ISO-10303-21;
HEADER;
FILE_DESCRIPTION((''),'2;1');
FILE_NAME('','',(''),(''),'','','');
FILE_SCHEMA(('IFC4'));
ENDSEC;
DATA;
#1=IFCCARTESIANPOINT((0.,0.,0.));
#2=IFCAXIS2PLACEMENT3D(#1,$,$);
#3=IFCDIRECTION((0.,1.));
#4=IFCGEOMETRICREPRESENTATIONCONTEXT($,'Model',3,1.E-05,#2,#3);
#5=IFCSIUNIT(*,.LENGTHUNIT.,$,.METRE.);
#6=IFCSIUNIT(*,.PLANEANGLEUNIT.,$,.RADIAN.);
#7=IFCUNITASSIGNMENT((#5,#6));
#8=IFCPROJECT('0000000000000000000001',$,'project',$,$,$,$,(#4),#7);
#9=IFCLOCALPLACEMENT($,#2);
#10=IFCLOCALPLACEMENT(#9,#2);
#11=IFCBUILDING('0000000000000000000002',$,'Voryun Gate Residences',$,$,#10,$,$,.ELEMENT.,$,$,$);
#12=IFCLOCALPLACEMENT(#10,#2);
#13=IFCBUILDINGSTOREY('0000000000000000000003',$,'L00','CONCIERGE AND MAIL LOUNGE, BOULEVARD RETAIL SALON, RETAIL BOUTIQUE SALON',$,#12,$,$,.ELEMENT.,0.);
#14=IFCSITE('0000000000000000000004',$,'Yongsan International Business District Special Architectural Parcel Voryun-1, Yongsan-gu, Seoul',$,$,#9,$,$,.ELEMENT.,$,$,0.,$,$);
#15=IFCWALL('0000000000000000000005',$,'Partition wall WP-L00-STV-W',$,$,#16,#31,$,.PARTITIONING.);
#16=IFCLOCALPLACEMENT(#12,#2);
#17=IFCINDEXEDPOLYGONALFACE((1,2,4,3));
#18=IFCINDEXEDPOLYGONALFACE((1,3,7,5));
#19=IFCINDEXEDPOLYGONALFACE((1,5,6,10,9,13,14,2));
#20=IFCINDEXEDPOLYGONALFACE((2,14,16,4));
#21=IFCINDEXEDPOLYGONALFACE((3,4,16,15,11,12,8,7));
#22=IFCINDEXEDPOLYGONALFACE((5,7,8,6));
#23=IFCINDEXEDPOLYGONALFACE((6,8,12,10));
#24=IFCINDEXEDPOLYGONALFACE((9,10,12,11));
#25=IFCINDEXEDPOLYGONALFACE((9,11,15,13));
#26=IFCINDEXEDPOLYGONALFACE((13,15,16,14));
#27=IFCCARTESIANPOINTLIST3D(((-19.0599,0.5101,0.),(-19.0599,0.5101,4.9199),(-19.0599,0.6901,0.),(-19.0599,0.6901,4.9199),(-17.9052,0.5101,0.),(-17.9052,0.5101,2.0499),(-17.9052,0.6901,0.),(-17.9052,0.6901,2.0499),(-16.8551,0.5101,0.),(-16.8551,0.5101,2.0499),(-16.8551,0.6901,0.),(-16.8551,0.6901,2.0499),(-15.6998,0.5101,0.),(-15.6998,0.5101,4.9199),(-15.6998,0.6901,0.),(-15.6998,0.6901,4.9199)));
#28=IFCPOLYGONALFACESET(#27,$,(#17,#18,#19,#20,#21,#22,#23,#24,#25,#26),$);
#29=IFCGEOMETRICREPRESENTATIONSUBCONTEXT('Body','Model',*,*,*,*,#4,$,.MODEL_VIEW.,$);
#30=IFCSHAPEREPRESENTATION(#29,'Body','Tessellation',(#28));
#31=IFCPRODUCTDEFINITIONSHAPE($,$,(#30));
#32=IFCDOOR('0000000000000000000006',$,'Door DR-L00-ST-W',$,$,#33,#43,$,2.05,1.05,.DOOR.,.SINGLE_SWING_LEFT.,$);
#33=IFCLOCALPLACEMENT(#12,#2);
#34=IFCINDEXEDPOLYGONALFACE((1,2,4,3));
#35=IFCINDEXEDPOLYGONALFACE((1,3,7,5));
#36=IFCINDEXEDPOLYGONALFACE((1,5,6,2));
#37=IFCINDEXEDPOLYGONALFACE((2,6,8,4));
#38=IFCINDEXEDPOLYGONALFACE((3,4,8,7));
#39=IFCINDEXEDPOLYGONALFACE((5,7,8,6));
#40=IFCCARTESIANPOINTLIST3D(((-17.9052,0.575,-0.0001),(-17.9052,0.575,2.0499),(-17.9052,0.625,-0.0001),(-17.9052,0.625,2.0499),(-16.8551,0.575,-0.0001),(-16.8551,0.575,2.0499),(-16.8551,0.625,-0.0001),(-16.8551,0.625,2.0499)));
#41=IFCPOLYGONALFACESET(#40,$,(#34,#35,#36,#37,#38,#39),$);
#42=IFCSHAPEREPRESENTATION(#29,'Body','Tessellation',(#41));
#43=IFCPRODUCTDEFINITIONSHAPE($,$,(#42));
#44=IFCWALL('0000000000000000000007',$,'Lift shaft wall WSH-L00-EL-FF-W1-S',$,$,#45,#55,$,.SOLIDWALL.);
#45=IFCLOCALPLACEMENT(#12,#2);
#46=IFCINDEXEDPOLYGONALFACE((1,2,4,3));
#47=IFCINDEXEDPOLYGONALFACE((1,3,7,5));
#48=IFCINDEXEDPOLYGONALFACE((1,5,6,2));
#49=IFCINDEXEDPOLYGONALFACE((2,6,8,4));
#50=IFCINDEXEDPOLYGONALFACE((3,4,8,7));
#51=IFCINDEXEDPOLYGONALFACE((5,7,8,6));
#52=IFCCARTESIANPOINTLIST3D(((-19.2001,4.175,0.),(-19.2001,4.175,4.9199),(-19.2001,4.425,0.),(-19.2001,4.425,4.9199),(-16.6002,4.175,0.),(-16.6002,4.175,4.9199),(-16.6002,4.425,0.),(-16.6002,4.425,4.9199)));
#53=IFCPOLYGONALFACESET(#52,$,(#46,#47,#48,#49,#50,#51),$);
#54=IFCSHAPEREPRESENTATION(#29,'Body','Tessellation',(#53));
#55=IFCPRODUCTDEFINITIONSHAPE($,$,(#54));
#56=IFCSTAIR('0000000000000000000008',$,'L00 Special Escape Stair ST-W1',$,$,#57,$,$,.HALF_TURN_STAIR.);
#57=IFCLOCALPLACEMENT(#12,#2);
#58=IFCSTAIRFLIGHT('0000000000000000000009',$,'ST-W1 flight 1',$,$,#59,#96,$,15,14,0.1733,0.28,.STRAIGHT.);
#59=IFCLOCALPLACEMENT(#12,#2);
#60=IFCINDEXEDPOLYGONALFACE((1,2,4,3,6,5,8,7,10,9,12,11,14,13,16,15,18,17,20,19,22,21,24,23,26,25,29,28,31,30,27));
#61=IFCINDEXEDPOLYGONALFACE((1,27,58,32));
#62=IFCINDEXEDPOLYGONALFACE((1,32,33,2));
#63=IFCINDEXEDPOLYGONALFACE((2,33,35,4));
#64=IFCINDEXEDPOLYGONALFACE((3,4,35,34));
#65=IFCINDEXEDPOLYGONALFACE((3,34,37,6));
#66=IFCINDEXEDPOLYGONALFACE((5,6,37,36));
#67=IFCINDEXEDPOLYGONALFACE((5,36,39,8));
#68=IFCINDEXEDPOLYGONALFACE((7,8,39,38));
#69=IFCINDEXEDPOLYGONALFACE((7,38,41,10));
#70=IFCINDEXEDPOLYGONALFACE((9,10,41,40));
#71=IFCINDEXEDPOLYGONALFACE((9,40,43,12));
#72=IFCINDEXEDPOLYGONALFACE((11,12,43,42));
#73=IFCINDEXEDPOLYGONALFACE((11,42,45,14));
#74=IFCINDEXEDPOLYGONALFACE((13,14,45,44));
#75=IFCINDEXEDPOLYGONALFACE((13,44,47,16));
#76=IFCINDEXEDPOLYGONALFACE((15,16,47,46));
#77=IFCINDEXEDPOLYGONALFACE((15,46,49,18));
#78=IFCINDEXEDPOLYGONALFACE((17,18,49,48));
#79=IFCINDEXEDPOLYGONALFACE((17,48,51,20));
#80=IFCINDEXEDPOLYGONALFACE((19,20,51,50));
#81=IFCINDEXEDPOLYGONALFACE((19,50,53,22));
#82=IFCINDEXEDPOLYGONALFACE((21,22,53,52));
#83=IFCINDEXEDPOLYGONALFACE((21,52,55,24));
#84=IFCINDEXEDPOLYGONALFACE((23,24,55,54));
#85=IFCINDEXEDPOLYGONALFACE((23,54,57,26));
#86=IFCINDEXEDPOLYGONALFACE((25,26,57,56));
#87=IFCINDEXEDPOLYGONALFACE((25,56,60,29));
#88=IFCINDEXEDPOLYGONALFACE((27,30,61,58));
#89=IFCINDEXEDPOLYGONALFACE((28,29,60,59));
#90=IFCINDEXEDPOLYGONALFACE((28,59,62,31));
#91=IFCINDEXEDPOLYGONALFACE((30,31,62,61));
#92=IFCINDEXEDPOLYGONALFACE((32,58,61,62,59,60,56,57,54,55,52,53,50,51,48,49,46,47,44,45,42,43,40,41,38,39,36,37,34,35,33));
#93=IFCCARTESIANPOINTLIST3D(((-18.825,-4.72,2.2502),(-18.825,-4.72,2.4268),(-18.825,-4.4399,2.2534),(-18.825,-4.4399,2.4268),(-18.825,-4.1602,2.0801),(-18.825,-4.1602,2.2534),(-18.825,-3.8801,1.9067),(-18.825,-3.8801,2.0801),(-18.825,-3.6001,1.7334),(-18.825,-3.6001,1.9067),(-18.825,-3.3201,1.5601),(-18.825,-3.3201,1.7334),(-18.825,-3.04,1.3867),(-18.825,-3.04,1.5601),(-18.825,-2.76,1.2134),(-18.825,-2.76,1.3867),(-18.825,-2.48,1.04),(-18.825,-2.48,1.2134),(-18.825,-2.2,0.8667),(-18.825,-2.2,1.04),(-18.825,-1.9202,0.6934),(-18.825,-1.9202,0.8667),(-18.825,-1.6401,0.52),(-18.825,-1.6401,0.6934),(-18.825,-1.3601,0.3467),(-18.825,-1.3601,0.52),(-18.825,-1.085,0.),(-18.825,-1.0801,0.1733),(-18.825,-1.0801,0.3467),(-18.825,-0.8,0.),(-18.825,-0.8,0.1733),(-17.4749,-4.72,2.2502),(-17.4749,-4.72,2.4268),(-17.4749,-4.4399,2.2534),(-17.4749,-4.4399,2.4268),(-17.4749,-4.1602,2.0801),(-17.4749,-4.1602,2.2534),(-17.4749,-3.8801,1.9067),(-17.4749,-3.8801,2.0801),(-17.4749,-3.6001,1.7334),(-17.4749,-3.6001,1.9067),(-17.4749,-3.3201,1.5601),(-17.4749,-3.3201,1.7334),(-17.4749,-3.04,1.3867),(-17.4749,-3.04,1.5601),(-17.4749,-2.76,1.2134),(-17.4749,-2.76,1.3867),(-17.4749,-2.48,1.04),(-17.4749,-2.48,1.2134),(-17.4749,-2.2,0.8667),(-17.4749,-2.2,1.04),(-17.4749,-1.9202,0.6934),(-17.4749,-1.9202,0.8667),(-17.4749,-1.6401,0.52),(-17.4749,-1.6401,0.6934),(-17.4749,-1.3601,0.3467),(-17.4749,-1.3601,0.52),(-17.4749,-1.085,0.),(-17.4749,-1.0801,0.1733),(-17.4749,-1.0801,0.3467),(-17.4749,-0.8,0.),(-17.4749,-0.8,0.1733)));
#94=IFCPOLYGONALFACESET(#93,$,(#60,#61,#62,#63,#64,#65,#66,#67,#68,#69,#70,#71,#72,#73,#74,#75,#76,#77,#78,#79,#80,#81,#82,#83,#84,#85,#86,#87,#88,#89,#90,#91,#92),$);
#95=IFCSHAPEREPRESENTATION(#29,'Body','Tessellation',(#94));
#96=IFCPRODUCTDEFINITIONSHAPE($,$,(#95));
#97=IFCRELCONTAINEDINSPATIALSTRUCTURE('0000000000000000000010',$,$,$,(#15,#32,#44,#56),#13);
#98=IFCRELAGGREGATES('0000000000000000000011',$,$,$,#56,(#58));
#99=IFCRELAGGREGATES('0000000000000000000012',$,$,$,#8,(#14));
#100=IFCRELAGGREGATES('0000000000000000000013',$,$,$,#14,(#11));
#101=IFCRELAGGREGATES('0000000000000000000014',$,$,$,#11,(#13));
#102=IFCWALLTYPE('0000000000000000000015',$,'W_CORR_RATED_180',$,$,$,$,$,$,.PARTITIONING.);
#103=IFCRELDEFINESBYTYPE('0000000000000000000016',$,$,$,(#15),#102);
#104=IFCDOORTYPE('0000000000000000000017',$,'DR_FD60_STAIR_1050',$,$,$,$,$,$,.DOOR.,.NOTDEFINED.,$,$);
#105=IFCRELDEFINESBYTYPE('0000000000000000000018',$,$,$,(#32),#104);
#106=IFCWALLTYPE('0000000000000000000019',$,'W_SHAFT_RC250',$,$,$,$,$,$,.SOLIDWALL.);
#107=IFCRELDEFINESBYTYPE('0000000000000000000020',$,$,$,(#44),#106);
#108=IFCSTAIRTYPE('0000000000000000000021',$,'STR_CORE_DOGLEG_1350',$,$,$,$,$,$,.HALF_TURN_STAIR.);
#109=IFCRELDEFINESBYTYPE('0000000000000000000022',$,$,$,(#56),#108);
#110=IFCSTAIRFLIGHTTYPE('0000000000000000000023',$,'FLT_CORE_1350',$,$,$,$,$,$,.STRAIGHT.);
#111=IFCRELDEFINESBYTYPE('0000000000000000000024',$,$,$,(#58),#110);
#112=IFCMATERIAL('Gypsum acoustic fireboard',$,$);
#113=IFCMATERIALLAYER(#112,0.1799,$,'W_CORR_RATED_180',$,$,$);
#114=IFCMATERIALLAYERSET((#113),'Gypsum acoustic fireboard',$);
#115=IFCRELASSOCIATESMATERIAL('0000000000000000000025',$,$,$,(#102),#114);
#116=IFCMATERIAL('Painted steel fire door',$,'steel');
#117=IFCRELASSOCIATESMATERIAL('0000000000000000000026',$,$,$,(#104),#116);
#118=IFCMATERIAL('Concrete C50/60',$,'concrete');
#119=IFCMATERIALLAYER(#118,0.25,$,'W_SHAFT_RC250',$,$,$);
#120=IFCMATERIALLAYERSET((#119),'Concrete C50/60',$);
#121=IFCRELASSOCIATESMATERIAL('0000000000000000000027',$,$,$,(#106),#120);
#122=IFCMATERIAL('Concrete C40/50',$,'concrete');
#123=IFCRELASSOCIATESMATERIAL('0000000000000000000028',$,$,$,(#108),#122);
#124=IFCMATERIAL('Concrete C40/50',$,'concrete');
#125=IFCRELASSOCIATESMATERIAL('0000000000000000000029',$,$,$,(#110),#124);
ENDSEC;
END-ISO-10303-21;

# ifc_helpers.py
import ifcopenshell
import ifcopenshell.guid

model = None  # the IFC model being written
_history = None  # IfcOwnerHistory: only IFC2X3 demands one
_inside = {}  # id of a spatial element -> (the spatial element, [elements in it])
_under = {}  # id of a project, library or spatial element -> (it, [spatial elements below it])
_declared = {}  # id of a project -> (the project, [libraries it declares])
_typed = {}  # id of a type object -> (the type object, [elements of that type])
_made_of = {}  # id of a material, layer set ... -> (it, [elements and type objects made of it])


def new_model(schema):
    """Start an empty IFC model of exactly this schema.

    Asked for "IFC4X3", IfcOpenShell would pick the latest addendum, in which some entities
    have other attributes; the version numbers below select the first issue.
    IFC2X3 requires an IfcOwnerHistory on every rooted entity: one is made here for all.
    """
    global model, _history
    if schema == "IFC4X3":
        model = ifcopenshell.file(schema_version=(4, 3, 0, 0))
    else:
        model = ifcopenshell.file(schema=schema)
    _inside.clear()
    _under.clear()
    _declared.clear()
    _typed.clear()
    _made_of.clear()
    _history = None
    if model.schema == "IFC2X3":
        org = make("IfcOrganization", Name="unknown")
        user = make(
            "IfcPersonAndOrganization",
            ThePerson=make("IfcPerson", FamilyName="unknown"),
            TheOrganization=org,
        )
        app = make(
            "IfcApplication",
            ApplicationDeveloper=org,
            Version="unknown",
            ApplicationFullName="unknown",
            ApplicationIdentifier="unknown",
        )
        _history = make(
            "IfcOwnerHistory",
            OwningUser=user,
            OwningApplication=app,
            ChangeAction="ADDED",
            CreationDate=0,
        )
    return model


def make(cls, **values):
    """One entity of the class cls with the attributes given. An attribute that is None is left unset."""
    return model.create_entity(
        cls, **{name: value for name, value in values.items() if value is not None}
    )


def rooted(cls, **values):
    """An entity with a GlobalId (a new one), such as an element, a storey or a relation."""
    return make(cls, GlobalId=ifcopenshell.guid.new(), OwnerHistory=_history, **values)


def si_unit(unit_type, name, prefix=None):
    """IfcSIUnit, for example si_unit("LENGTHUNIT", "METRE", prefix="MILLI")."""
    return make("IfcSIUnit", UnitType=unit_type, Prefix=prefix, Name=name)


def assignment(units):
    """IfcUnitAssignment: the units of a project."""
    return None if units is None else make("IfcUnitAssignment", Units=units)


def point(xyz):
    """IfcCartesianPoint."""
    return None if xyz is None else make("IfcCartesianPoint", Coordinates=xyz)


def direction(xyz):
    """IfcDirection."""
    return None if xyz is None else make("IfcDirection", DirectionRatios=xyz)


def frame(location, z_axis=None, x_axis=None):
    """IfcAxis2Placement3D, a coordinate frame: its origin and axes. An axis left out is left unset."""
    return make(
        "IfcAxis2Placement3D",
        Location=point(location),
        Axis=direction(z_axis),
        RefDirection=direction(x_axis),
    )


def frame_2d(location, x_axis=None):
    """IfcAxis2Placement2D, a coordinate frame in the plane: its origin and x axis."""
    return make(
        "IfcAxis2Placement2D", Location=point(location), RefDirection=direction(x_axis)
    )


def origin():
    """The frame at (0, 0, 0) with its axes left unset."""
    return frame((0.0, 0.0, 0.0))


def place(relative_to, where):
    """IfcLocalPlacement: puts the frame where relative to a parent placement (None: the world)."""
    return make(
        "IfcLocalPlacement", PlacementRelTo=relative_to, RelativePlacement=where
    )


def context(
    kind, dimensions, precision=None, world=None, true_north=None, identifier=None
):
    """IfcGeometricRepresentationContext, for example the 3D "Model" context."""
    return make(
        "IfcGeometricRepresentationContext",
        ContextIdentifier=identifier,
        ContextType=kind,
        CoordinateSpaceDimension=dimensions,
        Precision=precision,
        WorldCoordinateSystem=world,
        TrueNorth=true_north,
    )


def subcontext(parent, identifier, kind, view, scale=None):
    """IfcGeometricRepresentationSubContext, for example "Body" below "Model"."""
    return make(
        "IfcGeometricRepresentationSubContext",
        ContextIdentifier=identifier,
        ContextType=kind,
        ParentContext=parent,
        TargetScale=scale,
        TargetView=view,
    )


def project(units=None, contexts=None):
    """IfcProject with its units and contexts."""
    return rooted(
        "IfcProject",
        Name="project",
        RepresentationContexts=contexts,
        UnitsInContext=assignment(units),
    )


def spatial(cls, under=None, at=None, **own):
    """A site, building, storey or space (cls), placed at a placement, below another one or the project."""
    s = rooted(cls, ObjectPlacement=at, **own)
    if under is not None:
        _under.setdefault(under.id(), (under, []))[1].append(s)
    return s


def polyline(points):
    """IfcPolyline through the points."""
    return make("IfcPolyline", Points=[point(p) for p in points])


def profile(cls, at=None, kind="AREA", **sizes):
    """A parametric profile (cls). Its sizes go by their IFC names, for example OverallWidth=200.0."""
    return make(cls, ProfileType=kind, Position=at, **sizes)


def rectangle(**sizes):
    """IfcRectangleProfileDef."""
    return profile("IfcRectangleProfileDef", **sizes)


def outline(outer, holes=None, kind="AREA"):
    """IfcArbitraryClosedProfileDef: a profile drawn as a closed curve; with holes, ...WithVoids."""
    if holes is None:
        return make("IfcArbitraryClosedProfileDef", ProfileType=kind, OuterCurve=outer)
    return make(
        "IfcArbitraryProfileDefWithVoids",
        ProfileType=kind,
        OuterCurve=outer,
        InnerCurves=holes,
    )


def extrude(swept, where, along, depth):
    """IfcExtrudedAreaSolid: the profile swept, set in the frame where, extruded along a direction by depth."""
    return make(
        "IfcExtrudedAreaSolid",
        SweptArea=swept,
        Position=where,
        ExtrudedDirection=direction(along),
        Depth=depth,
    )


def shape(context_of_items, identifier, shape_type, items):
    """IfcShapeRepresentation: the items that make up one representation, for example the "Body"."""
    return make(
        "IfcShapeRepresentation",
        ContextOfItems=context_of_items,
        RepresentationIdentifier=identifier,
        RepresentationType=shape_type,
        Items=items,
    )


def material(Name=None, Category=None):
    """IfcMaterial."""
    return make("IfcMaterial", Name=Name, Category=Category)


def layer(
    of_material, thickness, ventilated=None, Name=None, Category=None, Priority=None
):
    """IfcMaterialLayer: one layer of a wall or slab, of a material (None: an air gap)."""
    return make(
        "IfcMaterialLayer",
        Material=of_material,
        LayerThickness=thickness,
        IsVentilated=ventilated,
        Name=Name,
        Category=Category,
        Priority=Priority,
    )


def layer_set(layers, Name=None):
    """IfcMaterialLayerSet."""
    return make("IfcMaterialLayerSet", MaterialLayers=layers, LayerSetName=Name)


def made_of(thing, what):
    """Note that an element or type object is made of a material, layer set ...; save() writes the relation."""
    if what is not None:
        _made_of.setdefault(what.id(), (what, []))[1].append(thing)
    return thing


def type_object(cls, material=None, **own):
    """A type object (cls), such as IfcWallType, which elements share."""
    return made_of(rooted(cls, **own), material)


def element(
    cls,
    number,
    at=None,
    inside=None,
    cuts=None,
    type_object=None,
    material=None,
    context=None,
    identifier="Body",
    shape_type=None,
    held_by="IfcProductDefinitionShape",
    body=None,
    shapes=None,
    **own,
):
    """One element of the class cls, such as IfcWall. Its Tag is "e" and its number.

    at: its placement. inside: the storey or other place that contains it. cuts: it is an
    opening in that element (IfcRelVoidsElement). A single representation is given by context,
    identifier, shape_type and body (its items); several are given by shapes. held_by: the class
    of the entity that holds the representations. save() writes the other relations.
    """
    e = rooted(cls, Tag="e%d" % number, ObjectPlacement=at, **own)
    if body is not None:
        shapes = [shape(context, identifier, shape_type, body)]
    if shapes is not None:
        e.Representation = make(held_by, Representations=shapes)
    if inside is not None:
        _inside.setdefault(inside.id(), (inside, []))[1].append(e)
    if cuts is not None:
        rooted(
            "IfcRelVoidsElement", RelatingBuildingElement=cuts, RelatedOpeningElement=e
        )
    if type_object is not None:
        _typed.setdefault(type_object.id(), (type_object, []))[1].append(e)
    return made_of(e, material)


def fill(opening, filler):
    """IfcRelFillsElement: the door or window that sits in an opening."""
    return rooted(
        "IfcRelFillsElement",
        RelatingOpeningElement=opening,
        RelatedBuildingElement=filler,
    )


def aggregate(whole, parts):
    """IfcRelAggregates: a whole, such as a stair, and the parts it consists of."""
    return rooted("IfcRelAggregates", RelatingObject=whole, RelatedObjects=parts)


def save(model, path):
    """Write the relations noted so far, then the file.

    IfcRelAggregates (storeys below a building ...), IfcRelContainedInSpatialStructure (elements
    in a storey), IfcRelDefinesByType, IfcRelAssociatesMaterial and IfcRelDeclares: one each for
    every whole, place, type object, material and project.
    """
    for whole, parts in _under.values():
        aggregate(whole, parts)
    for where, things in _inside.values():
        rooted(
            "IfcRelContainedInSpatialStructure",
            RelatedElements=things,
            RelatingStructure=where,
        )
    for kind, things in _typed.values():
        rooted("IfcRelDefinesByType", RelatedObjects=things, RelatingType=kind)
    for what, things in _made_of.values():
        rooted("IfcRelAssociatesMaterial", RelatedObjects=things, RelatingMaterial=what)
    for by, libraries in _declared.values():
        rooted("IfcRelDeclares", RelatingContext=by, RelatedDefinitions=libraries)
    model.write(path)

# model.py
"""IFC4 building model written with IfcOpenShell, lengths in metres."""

from ifc_helpers import new_model, si_unit, direction, frame, frame_2d, origin, place, context, subcontext, project, spatial, polyline, rectangle, outline, extrude, material, layer, layer_set, type_object, element, fill, aggregate, save


model = new_model("IFC4")

# Units and contexts
model_context = context("Model", 3, precision=1e-05, world=origin(), true_north=direction((0.0, 1.0)))
body_context = subcontext(model_context, "Body", "Model", "MODEL_VIEW")
ifc_project = project(units=[si_unit("LENGTHUNIT", "METRE"), si_unit("PLANEANGLEUNIT", "RADIAN")], contexts=[model_context])

# Site, building, storey
site_placement = place(None, origin())
site = spatial("IfcSite", under=ifc_project, at=site_placement, Name="Yongsan International Business District Special Architectural Parcel Voryun-1, Yongsan-gu, Seoul", CompositionType="ELEMENT", RefElevation=0.0)
building_placement = place(site_placement, origin())
building = spatial("IfcBuilding", under=site, at=building_placement, Name="Voryun Gate Residences", CompositionType="ELEMENT")
storey_placement = place(building_placement, origin())
storey = spatial("IfcBuildingStorey", under=building, at=storey_placement, Name="L00", Description="CONCIERGE AND MAIL LOUNGE, BOULEVARD RETAIL SALON, RETAIL BOUTIQUE SALON", CompositionType="ELEMENT", Elevation=0.0)

# Wall, opening, door
ifc_material_1 = material(Name="Gypsum acoustic fireboard")
ifc_layer_1 = layer(ifc_material_1, 0.1799, Name="W_CORR_RATED_180")
ifc_layer_set_1 = layer_set([ifc_layer_1], Name="Gypsum acoustic fireboard")
wall_type_1 = type_object("IfcWallType", Name="W_CORR_RATED_180", PredefinedType="PARTITIONING", material=ifc_layer_set_1)
wall_1_placement = place(storey_placement, frame((-19.0601, 0.6001, 0.0), z_axis=(0.0, 0.0, 1.0), x_axis=(1.0, 0.0, 0.0)))
wall_1 = element("IfcWall", 1, at=wall_1_placement, inside=storey, type_object=wall_type_1, Name="Partition wall WP-L00-STV-W", PredefinedType="PARTITIONING", context=body_context, shape_type="SweptSolid", body=[
    extrude(rectangle(XDim=3.3601, YDim=0.1799, at=frame_2d((1.6802, 0.0))), origin(), (0.0, 0.0, 1.0), 4.9199),
])
opening_placement = place(wall_1_placement, frame((1.155, 0.0, 0.0)))
opening = element("IfcOpeningElement", 2, at=opening_placement, cuts=wall_1, PredefinedType="OPENING", context=body_context, shape_type="SweptSolid", body=[
    extrude(rectangle(XDim=1.05, YDim=2.05, at=frame_2d((0.5249, 1.0249))), frame((0.0, 0.0999, 0.0), z_axis=(0.0, -1.0, 0.0), x_axis=(1.0, 0.0, 0.0)), (0.0, 0.0, 1.0), 0.2),
])
ifc_material_2 = material(Name="Painted steel fire door", Category="steel")
door_type = type_object("IfcDoorType", Name="DR_FD60_STAIR_1050", OperationType="NOTDEFINED", PredefinedType="DOOR", material=ifc_material_2)
door_placement = place(opening_placement, origin())
door = element("IfcDoor", 3, at=door_placement, inside=storey, type_object=door_type, Name="Door DR-L00-ST-W", OperationType="SINGLE_SWING_LEFT", OverallHeight=2.05, OverallWidth=1.05, PredefinedType="DOOR", context=body_context, shape_type="SweptSolid", body=[
    extrude(rectangle(XDim=1.05, YDim=2.05, at=frame_2d((0.5249, 1.0249))), frame((0.0, 0.0249, 0.0), z_axis=(0.0, -1.0, 0.0), x_axis=(1.0, 0.0, 0.0)), (0.0, 0.0, 1.0), 0.05),
])
fill(opening, door)

# Wall
ifc_material_3 = material(Name="Concrete C50/60", Category="concrete")
ifc_layer_2 = layer(ifc_material_3, 0.25, Name="W_SHAFT_RC250")
ifc_layer_set_2 = layer_set([ifc_layer_2], Name="Concrete C50/60")
wall_type_2 = type_object("IfcWallType", Name="W_SHAFT_RC250", PredefinedType="SOLIDWALL", material=ifc_layer_set_2)
wall_2_placement = place(storey_placement, frame((-19.2, 4.3, 0.0), z_axis=(0.0, 0.0, 1.0), x_axis=(1.0, 0.0, 0.0)))
element("IfcWall", 4, at=wall_2_placement, inside=storey, type_object=wall_type_2, Name="Lift shaft wall WSH-L00-EL-FF-W1-S", PredefinedType="SOLIDWALL", context=body_context, shape_type="SweptSolid", body=[
    extrude(rectangle(XDim=2.5999, YDim=0.25, at=frame_2d((1.2998, 0.0))), origin(), (0.0, 0.0, 1.0), 4.9199),
])

# Stair, stair flight
ifc_material_4 = material(Name="Concrete C40/50", Category="concrete")
stair_type = type_object("IfcStairType", Name="STR_CORE_DOGLEG_1350", PredefinedType="HALF_TURN_STAIR", material=ifc_material_4)
stair_placement = place(storey_placement, origin())
stair = element("IfcStair", 5, at=stair_placement, inside=storey, type_object=stair_type, Name="L00 Special Escape Stair ST-W1", PredefinedType="HALF_TURN_STAIR")
ifc_material_5 = material(Name="Concrete C40/50", Category="concrete")
stair_flight_type = type_object("IfcStairFlightType", Name="FLT_CORE_1350", PredefinedType="STRAIGHT", material=ifc_material_5)
stair_flight_placement = place(storey_placement, frame((-18.1499, -0.8, 0.0), z_axis=(0.0, 0.0, 1.0), x_axis=(0.0, -1.0, 0.0)))
stair_flight = element("IfcStairFlight", 6, at=stair_flight_placement, type_object=stair_flight_type, Name="ST-W1 flight 1", NumberOfRisers=15, NumberOfTreads=14, PredefinedType="STRAIGHT", RiserHeight=0.1733, TreadLength=0.28, context=body_context, shape_type="SweptSolid", body=[
    extrude(outline(polyline([(0.0, 0.0), (0.0, 0.1733), (0.28, 0.1733), (0.28, 0.3467), (0.5601, 0.3467), (0.5601, 0.52), (0.8401, 0.52), (0.8401, 0.6934), (1.1201, 0.6934), (1.1201, 0.8667), (1.3999, 0.8667), (1.3999, 1.04), (1.6799, 1.04), (1.6799, 1.2134), (1.96, 1.2134), (1.96, 1.3867), (2.24, 1.3867), (2.24, 1.5601), (2.52, 1.5601), (2.52, 1.7334), (2.8, 1.7334), (2.8, 1.9067), (3.0801, 1.9067), (3.0801, 2.0801), (3.3601, 2.0801), (3.3601, 2.2534), (3.6399, 2.2534), (3.6399, 2.4268), (3.9199, 2.4268), (3.9199, 2.6001), (3.9199, 2.2502), (0.2849, 0.0), (0.0, 0.0)])), frame((0.0, 0.675, 0.0), z_axis=(0.0, -1.0, 0.0), x_axis=(1.0, 0.0, 0.0)), (0.0, 0.0, 1.0), 1.3501),
])
aggregate(stair, [stair_flight])

save(model, "model.ifc")
